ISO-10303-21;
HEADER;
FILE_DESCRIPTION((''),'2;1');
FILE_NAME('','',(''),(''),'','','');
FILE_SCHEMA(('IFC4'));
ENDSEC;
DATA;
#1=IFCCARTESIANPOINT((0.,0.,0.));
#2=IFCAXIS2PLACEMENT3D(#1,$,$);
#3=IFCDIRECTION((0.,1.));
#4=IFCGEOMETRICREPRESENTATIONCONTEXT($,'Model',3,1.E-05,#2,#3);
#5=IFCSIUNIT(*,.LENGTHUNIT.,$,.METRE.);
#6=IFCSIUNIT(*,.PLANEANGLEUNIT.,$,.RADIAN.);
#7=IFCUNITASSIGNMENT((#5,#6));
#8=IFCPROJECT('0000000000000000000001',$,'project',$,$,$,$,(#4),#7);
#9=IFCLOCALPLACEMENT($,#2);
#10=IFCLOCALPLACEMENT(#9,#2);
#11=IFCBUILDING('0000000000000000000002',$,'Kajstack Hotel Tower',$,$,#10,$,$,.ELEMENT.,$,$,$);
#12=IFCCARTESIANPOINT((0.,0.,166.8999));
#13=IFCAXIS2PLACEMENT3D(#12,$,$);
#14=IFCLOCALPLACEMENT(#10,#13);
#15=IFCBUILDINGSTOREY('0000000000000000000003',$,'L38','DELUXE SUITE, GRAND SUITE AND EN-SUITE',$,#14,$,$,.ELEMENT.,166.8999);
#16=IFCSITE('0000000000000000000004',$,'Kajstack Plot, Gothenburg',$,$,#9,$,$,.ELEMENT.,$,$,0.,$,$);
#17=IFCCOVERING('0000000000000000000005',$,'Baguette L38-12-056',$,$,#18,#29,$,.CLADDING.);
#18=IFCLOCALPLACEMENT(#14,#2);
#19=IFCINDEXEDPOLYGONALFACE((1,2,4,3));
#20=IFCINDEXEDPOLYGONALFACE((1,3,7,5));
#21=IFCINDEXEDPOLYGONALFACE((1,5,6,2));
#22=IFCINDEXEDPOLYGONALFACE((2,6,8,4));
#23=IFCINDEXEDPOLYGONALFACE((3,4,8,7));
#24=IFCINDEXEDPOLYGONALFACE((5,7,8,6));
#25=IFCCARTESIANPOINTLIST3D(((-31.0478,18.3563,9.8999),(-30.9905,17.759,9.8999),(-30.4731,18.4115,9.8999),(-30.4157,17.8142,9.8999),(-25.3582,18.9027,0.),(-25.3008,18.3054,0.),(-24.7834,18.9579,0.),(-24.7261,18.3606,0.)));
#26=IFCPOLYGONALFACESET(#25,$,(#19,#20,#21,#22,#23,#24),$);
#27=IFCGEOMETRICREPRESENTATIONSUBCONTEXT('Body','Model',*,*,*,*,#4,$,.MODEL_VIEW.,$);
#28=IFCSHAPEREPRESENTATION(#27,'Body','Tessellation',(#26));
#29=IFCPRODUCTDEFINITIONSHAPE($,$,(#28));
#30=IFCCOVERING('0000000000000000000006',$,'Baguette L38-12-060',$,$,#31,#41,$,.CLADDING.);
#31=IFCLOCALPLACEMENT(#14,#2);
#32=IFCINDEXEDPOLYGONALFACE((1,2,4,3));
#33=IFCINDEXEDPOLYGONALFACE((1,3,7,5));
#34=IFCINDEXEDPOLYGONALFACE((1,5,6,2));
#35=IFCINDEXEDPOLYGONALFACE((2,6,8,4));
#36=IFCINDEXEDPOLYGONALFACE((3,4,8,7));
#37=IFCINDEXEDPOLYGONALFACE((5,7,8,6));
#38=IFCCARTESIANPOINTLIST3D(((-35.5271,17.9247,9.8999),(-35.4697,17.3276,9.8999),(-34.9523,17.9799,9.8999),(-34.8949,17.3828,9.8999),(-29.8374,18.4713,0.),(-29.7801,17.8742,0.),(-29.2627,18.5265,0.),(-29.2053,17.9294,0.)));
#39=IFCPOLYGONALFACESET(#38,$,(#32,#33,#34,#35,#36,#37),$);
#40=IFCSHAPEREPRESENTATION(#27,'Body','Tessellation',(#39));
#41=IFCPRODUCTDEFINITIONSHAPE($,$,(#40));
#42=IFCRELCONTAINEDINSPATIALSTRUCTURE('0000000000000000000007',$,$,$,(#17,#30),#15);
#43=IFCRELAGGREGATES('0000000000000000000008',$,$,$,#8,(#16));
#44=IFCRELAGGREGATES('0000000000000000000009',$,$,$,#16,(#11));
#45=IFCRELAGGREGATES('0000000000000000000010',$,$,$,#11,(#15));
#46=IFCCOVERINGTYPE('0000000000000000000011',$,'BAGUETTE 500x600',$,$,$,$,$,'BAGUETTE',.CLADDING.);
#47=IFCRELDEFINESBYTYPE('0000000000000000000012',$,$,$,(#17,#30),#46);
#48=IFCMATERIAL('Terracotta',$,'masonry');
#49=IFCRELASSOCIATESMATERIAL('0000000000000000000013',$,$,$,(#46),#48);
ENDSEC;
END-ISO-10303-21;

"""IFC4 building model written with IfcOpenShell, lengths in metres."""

from ifc_helpers import new_model, si_unit, direction, frame, origin, origin_2d, place, context, subcontext, project, spatial, polyline, rectangle, outline, extrude, material, material_profile, profile_set, type_object, element, save


model = new_model("IFC4")

# Units and contexts
model_context = context("Model", 3, precision=1e-05, world=origin(), true_north=direction((0.0, 1.0)))
body_context = subcontext(model_context, "Body", "Model", "MODEL_VIEW")
ifc_project = project(units=[si_unit("LENGTHUNIT", "METRE"), si_unit("PLANEANGLEUNIT", "RADIAN")], contexts=[model_context])

# Site, building, storey
site_placement = place(None, origin())
site = spatial("IfcSite", under=ifc_project, at=site_placement, Name="Kajstack Plot, Gothenburg", CompositionType="ELEMENT", RefElevation=0.0)
building_placement = place(site_placement, origin())
building = spatial("IfcBuilding", under=site, at=building_placement, Name="Kajstack Hotel Tower", CompositionType="ELEMENT")
storey_placement = place(building_placement, frame((0.0, 0.0, 166.8999)))
storey = spatial("IfcBuildingStorey", under=building, at=storey_placement, Name="L38", Description="DELUXE SUITE, GRAND SUITE AND EN-SUITE", CompositionType="ELEMENT", Elevation=166.8999)

# Coverings
ifc_material_1 = material(Name="Terracotta", Category="masonry")
ifc_material_profile = material_profile(ifc_material_1, rectangle(XDim=0.6001, YDim=0.5, at=origin_2d()), Name="Terracotta-clad concrete baguette 500 x 600")
ifc_profile_set = profile_set([ifc_material_profile], Name="Terracotta")
covering_type = type_object("IfcCoveringType", Name="BAGUETTE 500x600", ElementType="BAGUETTE", PredefinedType="CLADDING", material=ifc_profile_set)
covering_1_placement = place(storey_placement, frame((-24.7261, 18.3606, 0.0), z_axis=(-0.095596, 0.99542, 0.0), x_axis=(-0.99542, -0.095596, 0.0)))
element("IfcCovering", 1, at=covering_1_placement, inside=storey, type_object=covering_type, Name="Baguette L38-12-056", PredefinedType="CLADDING", context=body_context, shape_type="SweptSolid", body=[
    extrude(outline(polyline([(5.7158, 9.8999), (0.0, 0.0), (0.5774, 0.0), (6.2932, 9.8999), (5.7158, 9.8999)])), origin(), (0.0, 0.0, 1.0), 0.6001),
])
covering_2_placement = place(storey_placement, frame((-29.2053, 17.9294, 0.0), z_axis=(-0.095635, 0.995416, 0.0), x_axis=(-0.995416, -0.095635, 0.0)))
element("IfcCovering", 2, at=covering_2_placement, inside=storey, type_object=covering_type, Name="Baguette L38-12-060", PredefinedType="CLADDING", context=body_context, shape_type="SweptSolid", body=[
    extrude(outline(polyline([(5.7158, 9.8999), (0.0, 0.0), (0.5774, 0.0), (6.2932, 9.8999), (5.7158, 9.8999)])), origin(), (0.0, 0.0, 1.0), 0.5999),
])

save(model, "model.ifc")
